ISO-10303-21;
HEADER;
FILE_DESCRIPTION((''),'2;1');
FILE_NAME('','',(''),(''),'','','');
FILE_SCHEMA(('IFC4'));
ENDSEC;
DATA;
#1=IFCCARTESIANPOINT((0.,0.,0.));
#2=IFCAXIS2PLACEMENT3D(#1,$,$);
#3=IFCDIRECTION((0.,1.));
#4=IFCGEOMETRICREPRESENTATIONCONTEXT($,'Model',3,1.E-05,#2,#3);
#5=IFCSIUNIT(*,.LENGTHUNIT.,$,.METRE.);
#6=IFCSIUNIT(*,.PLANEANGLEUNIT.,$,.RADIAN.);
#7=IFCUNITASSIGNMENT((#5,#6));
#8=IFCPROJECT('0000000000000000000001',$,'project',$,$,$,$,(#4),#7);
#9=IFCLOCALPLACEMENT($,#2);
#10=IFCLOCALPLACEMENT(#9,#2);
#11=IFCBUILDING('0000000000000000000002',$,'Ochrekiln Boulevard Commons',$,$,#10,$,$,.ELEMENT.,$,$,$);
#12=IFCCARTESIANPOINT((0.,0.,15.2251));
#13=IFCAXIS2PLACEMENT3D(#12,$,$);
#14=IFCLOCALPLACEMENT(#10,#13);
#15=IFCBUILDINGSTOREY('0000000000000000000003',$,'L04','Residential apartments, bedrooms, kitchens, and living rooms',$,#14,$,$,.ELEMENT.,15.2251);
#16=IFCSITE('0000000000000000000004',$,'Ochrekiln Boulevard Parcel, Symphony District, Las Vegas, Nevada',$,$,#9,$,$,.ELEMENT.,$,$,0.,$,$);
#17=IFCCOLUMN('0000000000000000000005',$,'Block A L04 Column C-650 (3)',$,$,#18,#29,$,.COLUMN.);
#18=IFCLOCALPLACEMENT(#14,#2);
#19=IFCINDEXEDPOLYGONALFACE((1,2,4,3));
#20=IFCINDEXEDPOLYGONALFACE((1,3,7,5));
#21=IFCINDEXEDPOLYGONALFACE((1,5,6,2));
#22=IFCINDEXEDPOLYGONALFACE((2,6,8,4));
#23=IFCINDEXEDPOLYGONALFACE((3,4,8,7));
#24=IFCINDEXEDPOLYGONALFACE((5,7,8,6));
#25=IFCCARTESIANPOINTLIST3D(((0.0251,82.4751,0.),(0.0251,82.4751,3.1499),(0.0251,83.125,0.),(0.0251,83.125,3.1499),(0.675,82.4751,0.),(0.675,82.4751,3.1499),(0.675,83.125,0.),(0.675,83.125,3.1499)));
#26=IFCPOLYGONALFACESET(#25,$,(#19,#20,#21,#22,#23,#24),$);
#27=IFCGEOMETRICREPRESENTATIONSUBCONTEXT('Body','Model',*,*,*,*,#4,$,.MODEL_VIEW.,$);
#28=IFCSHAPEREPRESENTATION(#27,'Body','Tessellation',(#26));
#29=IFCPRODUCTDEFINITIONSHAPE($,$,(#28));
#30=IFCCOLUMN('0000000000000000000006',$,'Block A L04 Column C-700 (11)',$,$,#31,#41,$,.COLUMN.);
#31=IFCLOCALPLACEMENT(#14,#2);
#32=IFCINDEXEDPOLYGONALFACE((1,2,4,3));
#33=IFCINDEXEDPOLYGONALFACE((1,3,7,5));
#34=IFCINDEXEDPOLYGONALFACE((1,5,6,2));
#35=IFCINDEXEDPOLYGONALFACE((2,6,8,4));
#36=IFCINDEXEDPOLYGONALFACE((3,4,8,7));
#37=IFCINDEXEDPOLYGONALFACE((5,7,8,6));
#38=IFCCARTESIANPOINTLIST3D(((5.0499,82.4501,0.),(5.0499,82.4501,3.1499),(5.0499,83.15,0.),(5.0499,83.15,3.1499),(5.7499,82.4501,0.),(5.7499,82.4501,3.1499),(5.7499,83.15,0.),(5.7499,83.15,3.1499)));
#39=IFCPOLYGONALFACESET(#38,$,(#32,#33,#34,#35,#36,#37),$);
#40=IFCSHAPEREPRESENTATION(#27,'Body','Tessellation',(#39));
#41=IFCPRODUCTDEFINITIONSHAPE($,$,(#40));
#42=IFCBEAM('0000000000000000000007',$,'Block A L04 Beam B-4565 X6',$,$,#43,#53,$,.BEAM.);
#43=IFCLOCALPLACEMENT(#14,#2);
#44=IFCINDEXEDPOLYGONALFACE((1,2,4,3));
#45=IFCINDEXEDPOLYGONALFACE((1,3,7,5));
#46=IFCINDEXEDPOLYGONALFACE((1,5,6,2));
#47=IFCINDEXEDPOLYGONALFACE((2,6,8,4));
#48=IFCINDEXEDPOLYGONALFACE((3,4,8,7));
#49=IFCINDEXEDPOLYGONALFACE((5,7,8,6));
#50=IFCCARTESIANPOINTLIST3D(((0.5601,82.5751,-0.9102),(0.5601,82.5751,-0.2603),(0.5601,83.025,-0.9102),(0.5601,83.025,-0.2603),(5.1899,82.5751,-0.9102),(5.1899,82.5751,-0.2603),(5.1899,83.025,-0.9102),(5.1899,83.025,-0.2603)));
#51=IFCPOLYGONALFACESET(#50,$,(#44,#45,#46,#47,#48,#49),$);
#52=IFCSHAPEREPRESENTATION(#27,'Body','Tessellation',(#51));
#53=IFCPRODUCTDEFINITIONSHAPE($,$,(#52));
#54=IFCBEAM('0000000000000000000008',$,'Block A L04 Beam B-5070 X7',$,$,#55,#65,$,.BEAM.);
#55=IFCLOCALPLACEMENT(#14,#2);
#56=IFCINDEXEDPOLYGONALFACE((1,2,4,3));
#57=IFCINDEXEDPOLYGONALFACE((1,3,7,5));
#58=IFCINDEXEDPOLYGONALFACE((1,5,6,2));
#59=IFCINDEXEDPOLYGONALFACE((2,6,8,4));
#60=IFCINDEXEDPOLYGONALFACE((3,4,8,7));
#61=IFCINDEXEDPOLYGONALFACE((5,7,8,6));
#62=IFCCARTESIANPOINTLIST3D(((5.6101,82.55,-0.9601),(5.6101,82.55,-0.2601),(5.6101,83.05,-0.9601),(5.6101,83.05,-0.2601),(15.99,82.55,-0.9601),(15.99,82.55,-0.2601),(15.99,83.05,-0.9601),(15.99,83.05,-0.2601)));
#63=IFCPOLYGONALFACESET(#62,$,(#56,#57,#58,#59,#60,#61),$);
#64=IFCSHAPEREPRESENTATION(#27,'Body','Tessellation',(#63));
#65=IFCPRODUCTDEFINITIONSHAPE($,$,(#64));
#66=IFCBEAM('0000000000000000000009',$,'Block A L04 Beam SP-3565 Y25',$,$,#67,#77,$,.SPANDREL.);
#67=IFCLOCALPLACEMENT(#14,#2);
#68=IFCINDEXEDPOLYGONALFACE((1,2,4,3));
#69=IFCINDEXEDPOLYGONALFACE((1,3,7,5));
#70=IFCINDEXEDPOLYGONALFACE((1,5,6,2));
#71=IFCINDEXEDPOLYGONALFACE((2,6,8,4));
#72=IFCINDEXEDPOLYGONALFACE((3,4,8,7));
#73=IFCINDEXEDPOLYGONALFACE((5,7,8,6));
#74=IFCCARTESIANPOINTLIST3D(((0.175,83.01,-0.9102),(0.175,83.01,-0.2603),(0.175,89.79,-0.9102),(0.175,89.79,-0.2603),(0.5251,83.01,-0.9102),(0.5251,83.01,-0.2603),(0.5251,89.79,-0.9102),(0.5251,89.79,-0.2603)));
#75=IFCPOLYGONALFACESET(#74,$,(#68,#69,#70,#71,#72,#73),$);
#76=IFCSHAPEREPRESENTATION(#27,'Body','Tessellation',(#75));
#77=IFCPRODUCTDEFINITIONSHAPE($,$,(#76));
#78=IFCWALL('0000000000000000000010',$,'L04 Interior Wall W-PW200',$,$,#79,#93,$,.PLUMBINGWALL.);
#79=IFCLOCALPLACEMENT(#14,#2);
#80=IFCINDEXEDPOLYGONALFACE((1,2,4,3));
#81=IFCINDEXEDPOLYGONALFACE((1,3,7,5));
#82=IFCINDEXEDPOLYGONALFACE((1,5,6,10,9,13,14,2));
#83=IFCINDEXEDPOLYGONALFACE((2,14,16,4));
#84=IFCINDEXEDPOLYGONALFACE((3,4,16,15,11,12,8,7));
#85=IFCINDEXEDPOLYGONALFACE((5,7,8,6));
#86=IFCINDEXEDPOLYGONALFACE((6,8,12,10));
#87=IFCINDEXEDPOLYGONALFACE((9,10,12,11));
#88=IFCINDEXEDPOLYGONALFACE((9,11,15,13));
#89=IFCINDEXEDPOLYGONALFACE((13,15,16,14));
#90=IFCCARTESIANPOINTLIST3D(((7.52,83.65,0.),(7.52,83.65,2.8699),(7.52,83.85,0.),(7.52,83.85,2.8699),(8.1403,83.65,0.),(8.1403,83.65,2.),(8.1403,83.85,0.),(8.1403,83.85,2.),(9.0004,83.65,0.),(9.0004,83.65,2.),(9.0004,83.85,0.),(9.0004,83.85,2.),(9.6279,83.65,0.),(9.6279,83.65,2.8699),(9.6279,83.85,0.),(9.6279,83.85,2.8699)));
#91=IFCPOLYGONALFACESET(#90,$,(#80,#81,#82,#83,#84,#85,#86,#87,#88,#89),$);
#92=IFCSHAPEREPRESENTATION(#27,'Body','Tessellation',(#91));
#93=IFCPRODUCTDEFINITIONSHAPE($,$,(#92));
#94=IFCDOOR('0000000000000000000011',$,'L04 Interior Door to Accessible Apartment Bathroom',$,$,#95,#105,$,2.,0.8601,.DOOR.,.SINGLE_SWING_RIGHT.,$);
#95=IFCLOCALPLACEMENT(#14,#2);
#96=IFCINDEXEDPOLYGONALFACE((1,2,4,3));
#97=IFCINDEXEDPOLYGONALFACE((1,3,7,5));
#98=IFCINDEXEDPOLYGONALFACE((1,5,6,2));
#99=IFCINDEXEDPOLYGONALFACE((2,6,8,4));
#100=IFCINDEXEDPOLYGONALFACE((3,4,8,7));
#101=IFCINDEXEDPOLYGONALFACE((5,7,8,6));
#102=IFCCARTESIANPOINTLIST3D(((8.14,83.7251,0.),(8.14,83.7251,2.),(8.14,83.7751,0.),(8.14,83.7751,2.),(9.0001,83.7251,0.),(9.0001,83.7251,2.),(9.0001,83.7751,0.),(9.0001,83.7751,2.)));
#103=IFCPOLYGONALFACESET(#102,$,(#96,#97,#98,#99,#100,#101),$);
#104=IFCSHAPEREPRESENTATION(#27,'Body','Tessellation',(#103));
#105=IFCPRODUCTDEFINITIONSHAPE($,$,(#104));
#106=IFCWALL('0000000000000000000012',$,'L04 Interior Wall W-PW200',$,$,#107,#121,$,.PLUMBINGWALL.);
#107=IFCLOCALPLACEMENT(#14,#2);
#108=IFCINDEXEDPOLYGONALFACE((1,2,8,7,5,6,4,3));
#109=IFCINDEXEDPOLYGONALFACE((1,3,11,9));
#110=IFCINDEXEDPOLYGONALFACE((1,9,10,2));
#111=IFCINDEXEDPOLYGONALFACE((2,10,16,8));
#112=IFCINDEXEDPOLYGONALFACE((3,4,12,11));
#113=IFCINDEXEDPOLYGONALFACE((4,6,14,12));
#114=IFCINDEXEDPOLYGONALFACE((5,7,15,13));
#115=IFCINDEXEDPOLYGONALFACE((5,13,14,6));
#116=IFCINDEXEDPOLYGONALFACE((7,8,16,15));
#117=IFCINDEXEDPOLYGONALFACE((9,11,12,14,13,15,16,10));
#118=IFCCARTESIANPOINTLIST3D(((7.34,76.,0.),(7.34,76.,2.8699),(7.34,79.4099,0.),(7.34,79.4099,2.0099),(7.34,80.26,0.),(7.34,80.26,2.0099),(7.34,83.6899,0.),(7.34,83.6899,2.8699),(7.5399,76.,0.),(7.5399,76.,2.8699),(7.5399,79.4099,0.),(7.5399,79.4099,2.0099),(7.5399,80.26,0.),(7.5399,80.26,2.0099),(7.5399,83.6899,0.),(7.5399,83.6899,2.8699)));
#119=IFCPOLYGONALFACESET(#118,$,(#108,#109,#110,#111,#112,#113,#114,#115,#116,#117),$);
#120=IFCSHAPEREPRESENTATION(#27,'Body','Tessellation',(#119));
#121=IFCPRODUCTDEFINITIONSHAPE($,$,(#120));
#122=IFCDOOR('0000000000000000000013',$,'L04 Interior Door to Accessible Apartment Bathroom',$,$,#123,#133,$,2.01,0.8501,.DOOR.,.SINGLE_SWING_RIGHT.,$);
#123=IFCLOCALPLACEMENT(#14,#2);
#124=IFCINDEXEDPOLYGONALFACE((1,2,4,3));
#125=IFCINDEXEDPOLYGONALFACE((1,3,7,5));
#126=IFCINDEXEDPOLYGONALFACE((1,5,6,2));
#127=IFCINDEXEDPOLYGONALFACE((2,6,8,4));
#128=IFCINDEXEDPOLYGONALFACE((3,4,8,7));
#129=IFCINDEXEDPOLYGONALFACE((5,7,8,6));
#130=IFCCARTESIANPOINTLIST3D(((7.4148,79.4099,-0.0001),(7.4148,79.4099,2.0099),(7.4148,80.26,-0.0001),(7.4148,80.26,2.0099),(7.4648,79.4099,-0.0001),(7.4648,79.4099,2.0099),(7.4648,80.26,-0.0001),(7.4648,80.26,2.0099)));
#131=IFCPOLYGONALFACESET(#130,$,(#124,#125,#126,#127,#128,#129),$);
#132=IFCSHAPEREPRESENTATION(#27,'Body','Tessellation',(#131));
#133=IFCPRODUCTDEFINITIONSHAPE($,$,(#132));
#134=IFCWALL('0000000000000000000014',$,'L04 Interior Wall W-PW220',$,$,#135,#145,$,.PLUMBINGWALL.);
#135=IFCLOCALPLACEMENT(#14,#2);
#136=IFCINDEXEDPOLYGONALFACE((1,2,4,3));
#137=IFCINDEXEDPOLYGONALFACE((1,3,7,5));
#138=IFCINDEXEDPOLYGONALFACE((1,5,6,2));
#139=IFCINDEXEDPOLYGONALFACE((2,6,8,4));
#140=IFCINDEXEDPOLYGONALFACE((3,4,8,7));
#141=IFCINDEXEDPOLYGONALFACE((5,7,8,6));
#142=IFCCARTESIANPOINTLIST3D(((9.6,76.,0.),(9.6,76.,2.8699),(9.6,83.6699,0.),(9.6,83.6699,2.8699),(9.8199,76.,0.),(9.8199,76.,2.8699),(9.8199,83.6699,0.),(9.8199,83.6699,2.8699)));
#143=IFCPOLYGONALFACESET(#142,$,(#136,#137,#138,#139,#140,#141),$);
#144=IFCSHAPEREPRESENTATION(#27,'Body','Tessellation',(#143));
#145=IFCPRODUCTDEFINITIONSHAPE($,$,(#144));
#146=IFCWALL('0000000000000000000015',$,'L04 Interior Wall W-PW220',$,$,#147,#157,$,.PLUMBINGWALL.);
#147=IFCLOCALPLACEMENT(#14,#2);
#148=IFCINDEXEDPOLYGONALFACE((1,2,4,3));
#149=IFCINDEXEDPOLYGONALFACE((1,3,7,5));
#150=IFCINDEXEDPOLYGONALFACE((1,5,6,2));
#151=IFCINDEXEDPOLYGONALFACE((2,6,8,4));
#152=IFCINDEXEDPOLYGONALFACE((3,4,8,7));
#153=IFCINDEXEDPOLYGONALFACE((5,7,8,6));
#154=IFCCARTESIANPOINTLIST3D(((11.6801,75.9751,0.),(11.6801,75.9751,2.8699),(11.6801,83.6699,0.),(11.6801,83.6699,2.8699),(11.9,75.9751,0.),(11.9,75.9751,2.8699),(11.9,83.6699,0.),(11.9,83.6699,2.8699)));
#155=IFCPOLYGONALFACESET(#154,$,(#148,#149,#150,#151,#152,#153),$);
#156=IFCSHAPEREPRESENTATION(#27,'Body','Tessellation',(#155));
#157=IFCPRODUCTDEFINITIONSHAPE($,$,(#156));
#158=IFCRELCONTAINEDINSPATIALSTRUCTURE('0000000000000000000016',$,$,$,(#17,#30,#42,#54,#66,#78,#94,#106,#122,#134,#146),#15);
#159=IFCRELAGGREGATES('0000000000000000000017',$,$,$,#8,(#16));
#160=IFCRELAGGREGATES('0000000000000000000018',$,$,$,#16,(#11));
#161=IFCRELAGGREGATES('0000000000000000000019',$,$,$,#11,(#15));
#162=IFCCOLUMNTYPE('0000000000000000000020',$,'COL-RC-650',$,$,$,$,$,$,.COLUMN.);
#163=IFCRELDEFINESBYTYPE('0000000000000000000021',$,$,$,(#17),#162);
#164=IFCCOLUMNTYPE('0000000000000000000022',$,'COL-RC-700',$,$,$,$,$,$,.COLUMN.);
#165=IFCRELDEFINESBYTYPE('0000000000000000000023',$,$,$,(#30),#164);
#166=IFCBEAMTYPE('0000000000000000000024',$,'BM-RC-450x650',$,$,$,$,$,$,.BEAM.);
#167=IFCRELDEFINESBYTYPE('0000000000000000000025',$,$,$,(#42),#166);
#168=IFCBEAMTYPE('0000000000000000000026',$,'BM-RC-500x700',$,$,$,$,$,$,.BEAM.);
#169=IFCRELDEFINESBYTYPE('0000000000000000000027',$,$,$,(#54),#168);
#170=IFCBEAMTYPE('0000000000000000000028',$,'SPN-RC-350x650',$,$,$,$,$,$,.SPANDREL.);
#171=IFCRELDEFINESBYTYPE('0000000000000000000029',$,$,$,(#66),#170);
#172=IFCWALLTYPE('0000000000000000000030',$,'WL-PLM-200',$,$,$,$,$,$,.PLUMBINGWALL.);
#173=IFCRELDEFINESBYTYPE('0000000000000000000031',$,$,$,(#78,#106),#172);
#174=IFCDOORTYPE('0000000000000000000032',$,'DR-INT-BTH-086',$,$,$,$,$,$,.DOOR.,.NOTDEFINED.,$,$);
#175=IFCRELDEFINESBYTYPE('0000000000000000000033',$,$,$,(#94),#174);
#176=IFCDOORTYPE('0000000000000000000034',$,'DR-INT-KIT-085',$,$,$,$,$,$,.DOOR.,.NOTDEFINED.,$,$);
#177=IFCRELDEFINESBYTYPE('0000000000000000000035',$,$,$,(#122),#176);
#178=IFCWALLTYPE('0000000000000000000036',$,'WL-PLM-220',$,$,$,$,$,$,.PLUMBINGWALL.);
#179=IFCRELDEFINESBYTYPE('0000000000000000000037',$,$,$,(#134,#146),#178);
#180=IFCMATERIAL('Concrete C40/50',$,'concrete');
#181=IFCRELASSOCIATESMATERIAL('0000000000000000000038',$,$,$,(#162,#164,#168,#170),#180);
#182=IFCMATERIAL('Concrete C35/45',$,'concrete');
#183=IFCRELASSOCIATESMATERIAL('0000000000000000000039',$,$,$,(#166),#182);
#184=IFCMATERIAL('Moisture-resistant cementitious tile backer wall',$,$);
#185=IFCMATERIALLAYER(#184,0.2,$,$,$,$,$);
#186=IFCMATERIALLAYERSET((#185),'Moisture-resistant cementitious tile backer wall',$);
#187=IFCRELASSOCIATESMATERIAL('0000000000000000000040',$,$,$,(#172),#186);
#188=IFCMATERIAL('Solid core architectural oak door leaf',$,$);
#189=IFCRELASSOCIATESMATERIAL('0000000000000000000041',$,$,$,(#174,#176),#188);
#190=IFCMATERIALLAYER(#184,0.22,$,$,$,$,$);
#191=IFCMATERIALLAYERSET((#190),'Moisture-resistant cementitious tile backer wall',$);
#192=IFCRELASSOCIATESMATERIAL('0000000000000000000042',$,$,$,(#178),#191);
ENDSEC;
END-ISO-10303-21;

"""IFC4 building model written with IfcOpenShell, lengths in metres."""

from ifc_helpers import new_model, si_unit, direction, frame, frame_2d, origin, origin_2d, place, context, subcontext, project, spatial, rectangle, extrude, material, layer, layer_set, material_profile, profile_set, type_object, element, fill, save


model = new_model("IFC4")

# Units and contexts
model_context = context("Model", 3, precision=1e-05, world=origin(), true_north=direction((0.0, 1.0)))
body_context = subcontext(model_context, "Body", "Model", "MODEL_VIEW")
ifc_project = project(units=[si_unit("LENGTHUNIT", "METRE"), si_unit("PLANEANGLEUNIT", "RADIAN")], contexts=[model_context])

# Site, building, storey
site_placement = place(None, origin())
site = spatial("IfcSite", under=ifc_project, at=site_placement, Name="Ochrekiln Boulevard Parcel, Symphony District, Las Vegas, Nevada", CompositionType="ELEMENT", RefElevation=0.0)
building_placement = place(site_placement, origin())
building = spatial("IfcBuilding", under=site, at=building_placement, Name="Ochrekiln Boulevard Commons", CompositionType="ELEMENT")
storey_placement = place(building_placement, frame((0.0, 0.0, 15.2251)))
storey = spatial("IfcBuildingStorey", under=building, at=storey_placement, Name="L04", Description="Residential apartments, bedrooms, kitchens, and living rooms", CompositionType="ELEMENT", Elevation=15.2251)

# Columns
ifc_material_1 = material(Name="Concrete C40/50", Category="concrete")
ifc_material_profile_1 = material_profile(ifc_material_1, rectangle(XDim=0.6499, YDim=0.6499, at=origin_2d()), Name="RC-COL-650x650")
ifc_profile_set_1 = profile_set([ifc_material_profile_1], Name="Concrete C40/50")
column_type_1 = type_object("IfcColumnType", Name="COL-RC-650", PredefinedType="COLUMN", material=ifc_profile_set_1)
column_1_placement = place(storey_placement, frame((0.3501, 82.8, 0.0), z_axis=(0.0, 0.0, 1.0), x_axis=(1.0, 0.0, 0.0)))
element("IfcColumn", 1, at=column_1_placement, inside=storey, type_object=column_type_1, Name="Block A L04 Column C-650 (3)", PredefinedType="COLUMN", context=body_context, shape_type="SweptSolid", body=[
    extrude(rectangle(XDim=0.6499, YDim=0.6499, at=origin_2d()), origin(), (0.0, 0.0, 1.0), 3.1499),
])
ifc_material_profile_2 = material_profile(ifc_material_1, rectangle(XDim=0.7, YDim=0.7, at=origin_2d()), Name="RC-COL-700x700")
ifc_profile_set_2 = profile_set([ifc_material_profile_2], Name="Concrete C40/50")
column_type_2 = type_object("IfcColumnType", Name="COL-RC-700", PredefinedType="COLUMN", material=ifc_profile_set_2)
column_2_placement = place(storey_placement, frame((5.3999, 82.8, 0.0), z_axis=(0.0, 0.0, 1.0), x_axis=(1.0, 0.0, 0.0)))
element("IfcColumn", 2, at=column_2_placement, inside=storey, type_object=column_type_2, Name="Block A L04 Column C-700 (11)", PredefinedType="COLUMN", context=body_context, shape_type="SweptSolid", body=[
    extrude(rectangle(XDim=0.7, YDim=0.7, at=origin_2d()), origin(), (0.0, 0.0, 1.0), 3.1499),
])

# Beams
ifc_material_2 = material(Name="Concrete C35/45", Category="concrete")
ifc_material_profile_3 = material_profile(ifc_material_2, rectangle(XDim=0.45, YDim=0.6499, at=origin_2d()), Name="RC-BM-450x650")
ifc_profile_set_3 = profile_set([ifc_material_profile_3], Name="Concrete C35/45")
beam_type_1 = type_object("IfcBeamType", Name="BM-RC-450x650", PredefinedType="BEAM", material=ifc_profile_set_3)
beam_1_placement = place(storey_placement, frame((0.5601, 82.8, -0.5852), z_axis=(1.0, 0.0, 0.0), x_axis=(0.0, 1.0, 0.0)))
element("IfcBeam", 3, at=beam_1_placement, inside=storey, type_object=beam_type_1, Name="Block A L04 Beam B-4565 X6", PredefinedType="BEAM", context=body_context, shape_type="SweptSolid", body=[
    extrude(rectangle(XDim=0.45, YDim=0.6499, at=origin_2d()), origin(), (0.0, 0.0, 1.0), 4.6299),
])
ifc_material_profile_4 = material_profile(ifc_material_1, rectangle(XDim=0.5, YDim=0.7, at=origin_2d()), Name="RC-BM-500x700")
ifc_profile_set_4 = profile_set([ifc_material_profile_4], Name="Concrete C40/50")
beam_type_2 = type_object("IfcBeamType", Name="BM-RC-500x700", PredefinedType="BEAM", material=ifc_profile_set_4)
beam_2_placement = place(storey_placement, frame((5.6101, 82.8, -0.6101), z_axis=(1.0, 0.0, 0.0), x_axis=(0.0, 1.0, 0.0)))
element("IfcBeam", 4, at=beam_2_placement, inside=storey, type_object=beam_type_2, Name="Block A L04 Beam B-5070 X7", PredefinedType="BEAM", context=body_context, shape_type="SweptSolid", body=[
    extrude(rectangle(XDim=0.5, YDim=0.7, at=origin_2d()), origin(), (0.0, 0.0, 1.0), 10.3799),
])
ifc_material_profile_5 = material_profile(ifc_material_1, rectangle(XDim=0.3501, YDim=0.6499, at=origin_2d()), Name="RC-SPN-350x650")
ifc_profile_set_5 = profile_set([ifc_material_profile_5], Name="Concrete C40/50")
beam_type_3 = type_object("IfcBeamType", Name="SPN-RC-350x650", PredefinedType="SPANDREL", material=ifc_profile_set_5)
beam_3_placement = place(storey_placement, frame((0.3501, 83.01, -0.5852), z_axis=(0.0, 1.0, 0.0), x_axis=(-1.0, 0.0, 0.0)))
element("IfcBeam", 5, at=beam_3_placement, inside=storey, type_object=beam_type_3, Name="Block A L04 Beam SP-3565 Y25", PredefinedType="SPANDREL", context=body_context, shape_type="SweptSolid", body=[
    extrude(rectangle(XDim=0.3501, YDim=0.6499, at=origin_2d()), origin(), (0.0, 0.0, 1.0), 6.78),
])

# Walls, openings, doors
ifc_material_3 = material(Name="Moisture-resistant cementitious tile backer wall")
ifc_layer_1 = layer(ifc_material_3, 0.2)
ifc_layer_set_1 = layer_set([ifc_layer_1], Name="Moisture-resistant cementitious tile backer wall")
wall_type_1 = type_object("IfcWallType", Name="WL-PLM-200", PredefinedType="PLUMBINGWALL", material=ifc_layer_set_1)
wall_1_placement = place(storey_placement, frame((7.52, 83.75, 0.0), z_axis=(0.0, 0.0, 1.0), x_axis=(1.0, 0.0, 0.0)))
wall_1 = element("IfcWall", 6, at=wall_1_placement, inside=storey, type_object=wall_type_1, Name="L04 Interior Wall W-PW200", PredefinedType="PLUMBINGWALL", context=body_context, shape_type="SweptSolid", body=[
    extrude(rectangle(XDim=2.1079, YDim=0.2, at=frame_2d((1.054, 0.0))), origin(), (0.0, 0.0, 1.0), 2.8699),
])
opening_1_placement = place(wall_1_placement, frame((0.6201, 0.0, 0.0)))
opening_1 = element("IfcOpeningElement", 7, at=opening_1_placement, cuts=wall_1, PredefinedType="OPENING", context=body_context, shape_type="SweptSolid", body=[
    extrude(rectangle(XDim=0.8601, YDim=2.0, at=frame_2d((0.4302, 1.0))), frame((0.0, 0.1099, 0.0), z_axis=(0.0, -1.0, 0.0), x_axis=(1.0, 0.0, 0.0)), (0.0, 0.0, 1.0), 0.22),
])
ifc_material_4 = material(Name="Solid core architectural oak door leaf")
door_type_1 = type_object("IfcDoorType", Name="DR-INT-BTH-086", OperationType="NOTDEFINED", PredefinedType="DOOR", material=ifc_material_4)
door_1_placement = place(opening_1_placement, frame((0.8601, 0.0, 0.0), z_axis=(0.0, 0.0, 1.0), x_axis=(-1.0, 0.0, 0.0)))
door_1 = element("IfcDoor", 8, at=door_1_placement, inside=storey, type_object=door_type_1, Name="L04 Interior Door to Accessible Apartment Bathroom", OperationType="SINGLE_SWING_RIGHT", OverallHeight=2.0, OverallWidth=0.8601, PredefinedType="DOOR", context=body_context, shape_type="SweptSolid", body=[
    extrude(rectangle(XDim=0.8601, YDim=2.0, at=frame_2d((0.4302, 1.0))), frame((0.0, 0.0249, 0.0), z_axis=(0.0, -1.0, 0.0), x_axis=(1.0, 0.0, 0.0)), (0.0, 0.0, 1.0), 0.05),
])
fill(opening_1, door_1)
wall_2_placement = place(storey_placement, frame((7.4399, 76.0, 0.0), z_axis=(0.0, 0.0, 1.0), x_axis=(0.0, 1.0, 0.0)))
wall_2 = element("IfcWall", 9, at=wall_2_placement, inside=storey, type_object=wall_type_1, Name="L04 Interior Wall W-PW200", PredefinedType="PLUMBINGWALL", context=body_context, shape_type="SweptSolid", body=[
    extrude(rectangle(XDim=7.6899, YDim=0.2, at=frame_2d((3.845, 0.0))), origin(), (0.0, 0.0, 1.0), 2.8699),
])
opening_2_placement = place(wall_2_placement, frame((3.4099, 0.0, 0.0)))
opening_2 = element("IfcOpeningElement", 10, at=opening_2_placement, cuts=wall_2, PredefinedType="OPENING", context=body_context, shape_type="SweptSolid", body=[
    extrude(rectangle(XDim=0.8501, YDim=2.01, at=frame_2d((0.425, 1.0049))), frame((0.0, 0.1099, 0.0), z_axis=(0.0, -1.0, 0.0), x_axis=(1.0, 0.0, 0.0)), (0.0, 0.0, 1.0), 0.22),
])
door_type_2 = type_object("IfcDoorType", Name="DR-INT-KIT-085", OperationType="NOTDEFINED", PredefinedType="DOOR", material=ifc_material_4)
door_2_placement = place(opening_2_placement, frame((0.8501, 0.0, 0.0), z_axis=(0.0, 0.0, 1.0), x_axis=(-1.0, 0.0, 0.0)))
door_2 = element("IfcDoor", 11, at=door_2_placement, inside=storey, type_object=door_type_2, Name="L04 Interior Door to Accessible Apartment Bathroom", OperationType="SINGLE_SWING_RIGHT", OverallHeight=2.01, OverallWidth=0.8501, PredefinedType="DOOR", context=body_context, shape_type="SweptSolid", body=[
    extrude(rectangle(XDim=0.8501, YDim=2.01, at=frame_2d((0.425, 1.0049))), frame((0.0, 0.0249, 0.0), z_axis=(0.0, -1.0, 0.0), x_axis=(1.0, 0.0, 0.0)), (0.0, 0.0, 1.0), 0.05),
])
fill(opening_2, door_2)

# Walls
ifc_layer_2 = layer(ifc_material_3, 0.22)
ifc_layer_set_2 = layer_set([ifc_layer_2], Name="Moisture-resistant cementitious tile backer wall")
wall_type_2 = type_object("IfcWallType", Name="WL-PLM-220", PredefinedType="PLUMBINGWALL", material=ifc_layer_set_2)
wall_3_placement = place(storey_placement, frame((9.71, 76.0, 0.0), z_axis=(0.0, 0.0, 1.0), x_axis=(0.0, 1.0, 0.0)))
element("IfcWall", 12, at=wall_3_placement, inside=storey, type_object=wall_type_2, Name="L04 Interior Wall W-PW220", PredefinedType="PLUMBINGWALL", context=body_context, shape_type="SweptSolid", body=[
    extrude(rectangle(XDim=7.6699, YDim=0.22, at=frame_2d((3.835, 0.0))), origin(), (0.0, 0.0, 1.0), 2.8699),
])
wall_4_placement = place(storey_placement, frame((11.79, 75.9751, 0.0), z_axis=(0.0, 0.0, 1.0), x_axis=(0.0, 1.0, 0.0)))
element("IfcWall", 13, at=wall_4_placement, inside=storey, type_object=wall_type_2, Name="L04 Interior Wall W-PW220", PredefinedType="PLUMBINGWALL", context=body_context, shape_type="SweptSolid", body=[
    extrude(rectangle(XDim=7.6948, YDim=0.22, at=frame_2d((3.8474, 0.0))), origin(), (0.0, 0.0, 1.0), 2.8699),
])

save(model, "model.ifc")
